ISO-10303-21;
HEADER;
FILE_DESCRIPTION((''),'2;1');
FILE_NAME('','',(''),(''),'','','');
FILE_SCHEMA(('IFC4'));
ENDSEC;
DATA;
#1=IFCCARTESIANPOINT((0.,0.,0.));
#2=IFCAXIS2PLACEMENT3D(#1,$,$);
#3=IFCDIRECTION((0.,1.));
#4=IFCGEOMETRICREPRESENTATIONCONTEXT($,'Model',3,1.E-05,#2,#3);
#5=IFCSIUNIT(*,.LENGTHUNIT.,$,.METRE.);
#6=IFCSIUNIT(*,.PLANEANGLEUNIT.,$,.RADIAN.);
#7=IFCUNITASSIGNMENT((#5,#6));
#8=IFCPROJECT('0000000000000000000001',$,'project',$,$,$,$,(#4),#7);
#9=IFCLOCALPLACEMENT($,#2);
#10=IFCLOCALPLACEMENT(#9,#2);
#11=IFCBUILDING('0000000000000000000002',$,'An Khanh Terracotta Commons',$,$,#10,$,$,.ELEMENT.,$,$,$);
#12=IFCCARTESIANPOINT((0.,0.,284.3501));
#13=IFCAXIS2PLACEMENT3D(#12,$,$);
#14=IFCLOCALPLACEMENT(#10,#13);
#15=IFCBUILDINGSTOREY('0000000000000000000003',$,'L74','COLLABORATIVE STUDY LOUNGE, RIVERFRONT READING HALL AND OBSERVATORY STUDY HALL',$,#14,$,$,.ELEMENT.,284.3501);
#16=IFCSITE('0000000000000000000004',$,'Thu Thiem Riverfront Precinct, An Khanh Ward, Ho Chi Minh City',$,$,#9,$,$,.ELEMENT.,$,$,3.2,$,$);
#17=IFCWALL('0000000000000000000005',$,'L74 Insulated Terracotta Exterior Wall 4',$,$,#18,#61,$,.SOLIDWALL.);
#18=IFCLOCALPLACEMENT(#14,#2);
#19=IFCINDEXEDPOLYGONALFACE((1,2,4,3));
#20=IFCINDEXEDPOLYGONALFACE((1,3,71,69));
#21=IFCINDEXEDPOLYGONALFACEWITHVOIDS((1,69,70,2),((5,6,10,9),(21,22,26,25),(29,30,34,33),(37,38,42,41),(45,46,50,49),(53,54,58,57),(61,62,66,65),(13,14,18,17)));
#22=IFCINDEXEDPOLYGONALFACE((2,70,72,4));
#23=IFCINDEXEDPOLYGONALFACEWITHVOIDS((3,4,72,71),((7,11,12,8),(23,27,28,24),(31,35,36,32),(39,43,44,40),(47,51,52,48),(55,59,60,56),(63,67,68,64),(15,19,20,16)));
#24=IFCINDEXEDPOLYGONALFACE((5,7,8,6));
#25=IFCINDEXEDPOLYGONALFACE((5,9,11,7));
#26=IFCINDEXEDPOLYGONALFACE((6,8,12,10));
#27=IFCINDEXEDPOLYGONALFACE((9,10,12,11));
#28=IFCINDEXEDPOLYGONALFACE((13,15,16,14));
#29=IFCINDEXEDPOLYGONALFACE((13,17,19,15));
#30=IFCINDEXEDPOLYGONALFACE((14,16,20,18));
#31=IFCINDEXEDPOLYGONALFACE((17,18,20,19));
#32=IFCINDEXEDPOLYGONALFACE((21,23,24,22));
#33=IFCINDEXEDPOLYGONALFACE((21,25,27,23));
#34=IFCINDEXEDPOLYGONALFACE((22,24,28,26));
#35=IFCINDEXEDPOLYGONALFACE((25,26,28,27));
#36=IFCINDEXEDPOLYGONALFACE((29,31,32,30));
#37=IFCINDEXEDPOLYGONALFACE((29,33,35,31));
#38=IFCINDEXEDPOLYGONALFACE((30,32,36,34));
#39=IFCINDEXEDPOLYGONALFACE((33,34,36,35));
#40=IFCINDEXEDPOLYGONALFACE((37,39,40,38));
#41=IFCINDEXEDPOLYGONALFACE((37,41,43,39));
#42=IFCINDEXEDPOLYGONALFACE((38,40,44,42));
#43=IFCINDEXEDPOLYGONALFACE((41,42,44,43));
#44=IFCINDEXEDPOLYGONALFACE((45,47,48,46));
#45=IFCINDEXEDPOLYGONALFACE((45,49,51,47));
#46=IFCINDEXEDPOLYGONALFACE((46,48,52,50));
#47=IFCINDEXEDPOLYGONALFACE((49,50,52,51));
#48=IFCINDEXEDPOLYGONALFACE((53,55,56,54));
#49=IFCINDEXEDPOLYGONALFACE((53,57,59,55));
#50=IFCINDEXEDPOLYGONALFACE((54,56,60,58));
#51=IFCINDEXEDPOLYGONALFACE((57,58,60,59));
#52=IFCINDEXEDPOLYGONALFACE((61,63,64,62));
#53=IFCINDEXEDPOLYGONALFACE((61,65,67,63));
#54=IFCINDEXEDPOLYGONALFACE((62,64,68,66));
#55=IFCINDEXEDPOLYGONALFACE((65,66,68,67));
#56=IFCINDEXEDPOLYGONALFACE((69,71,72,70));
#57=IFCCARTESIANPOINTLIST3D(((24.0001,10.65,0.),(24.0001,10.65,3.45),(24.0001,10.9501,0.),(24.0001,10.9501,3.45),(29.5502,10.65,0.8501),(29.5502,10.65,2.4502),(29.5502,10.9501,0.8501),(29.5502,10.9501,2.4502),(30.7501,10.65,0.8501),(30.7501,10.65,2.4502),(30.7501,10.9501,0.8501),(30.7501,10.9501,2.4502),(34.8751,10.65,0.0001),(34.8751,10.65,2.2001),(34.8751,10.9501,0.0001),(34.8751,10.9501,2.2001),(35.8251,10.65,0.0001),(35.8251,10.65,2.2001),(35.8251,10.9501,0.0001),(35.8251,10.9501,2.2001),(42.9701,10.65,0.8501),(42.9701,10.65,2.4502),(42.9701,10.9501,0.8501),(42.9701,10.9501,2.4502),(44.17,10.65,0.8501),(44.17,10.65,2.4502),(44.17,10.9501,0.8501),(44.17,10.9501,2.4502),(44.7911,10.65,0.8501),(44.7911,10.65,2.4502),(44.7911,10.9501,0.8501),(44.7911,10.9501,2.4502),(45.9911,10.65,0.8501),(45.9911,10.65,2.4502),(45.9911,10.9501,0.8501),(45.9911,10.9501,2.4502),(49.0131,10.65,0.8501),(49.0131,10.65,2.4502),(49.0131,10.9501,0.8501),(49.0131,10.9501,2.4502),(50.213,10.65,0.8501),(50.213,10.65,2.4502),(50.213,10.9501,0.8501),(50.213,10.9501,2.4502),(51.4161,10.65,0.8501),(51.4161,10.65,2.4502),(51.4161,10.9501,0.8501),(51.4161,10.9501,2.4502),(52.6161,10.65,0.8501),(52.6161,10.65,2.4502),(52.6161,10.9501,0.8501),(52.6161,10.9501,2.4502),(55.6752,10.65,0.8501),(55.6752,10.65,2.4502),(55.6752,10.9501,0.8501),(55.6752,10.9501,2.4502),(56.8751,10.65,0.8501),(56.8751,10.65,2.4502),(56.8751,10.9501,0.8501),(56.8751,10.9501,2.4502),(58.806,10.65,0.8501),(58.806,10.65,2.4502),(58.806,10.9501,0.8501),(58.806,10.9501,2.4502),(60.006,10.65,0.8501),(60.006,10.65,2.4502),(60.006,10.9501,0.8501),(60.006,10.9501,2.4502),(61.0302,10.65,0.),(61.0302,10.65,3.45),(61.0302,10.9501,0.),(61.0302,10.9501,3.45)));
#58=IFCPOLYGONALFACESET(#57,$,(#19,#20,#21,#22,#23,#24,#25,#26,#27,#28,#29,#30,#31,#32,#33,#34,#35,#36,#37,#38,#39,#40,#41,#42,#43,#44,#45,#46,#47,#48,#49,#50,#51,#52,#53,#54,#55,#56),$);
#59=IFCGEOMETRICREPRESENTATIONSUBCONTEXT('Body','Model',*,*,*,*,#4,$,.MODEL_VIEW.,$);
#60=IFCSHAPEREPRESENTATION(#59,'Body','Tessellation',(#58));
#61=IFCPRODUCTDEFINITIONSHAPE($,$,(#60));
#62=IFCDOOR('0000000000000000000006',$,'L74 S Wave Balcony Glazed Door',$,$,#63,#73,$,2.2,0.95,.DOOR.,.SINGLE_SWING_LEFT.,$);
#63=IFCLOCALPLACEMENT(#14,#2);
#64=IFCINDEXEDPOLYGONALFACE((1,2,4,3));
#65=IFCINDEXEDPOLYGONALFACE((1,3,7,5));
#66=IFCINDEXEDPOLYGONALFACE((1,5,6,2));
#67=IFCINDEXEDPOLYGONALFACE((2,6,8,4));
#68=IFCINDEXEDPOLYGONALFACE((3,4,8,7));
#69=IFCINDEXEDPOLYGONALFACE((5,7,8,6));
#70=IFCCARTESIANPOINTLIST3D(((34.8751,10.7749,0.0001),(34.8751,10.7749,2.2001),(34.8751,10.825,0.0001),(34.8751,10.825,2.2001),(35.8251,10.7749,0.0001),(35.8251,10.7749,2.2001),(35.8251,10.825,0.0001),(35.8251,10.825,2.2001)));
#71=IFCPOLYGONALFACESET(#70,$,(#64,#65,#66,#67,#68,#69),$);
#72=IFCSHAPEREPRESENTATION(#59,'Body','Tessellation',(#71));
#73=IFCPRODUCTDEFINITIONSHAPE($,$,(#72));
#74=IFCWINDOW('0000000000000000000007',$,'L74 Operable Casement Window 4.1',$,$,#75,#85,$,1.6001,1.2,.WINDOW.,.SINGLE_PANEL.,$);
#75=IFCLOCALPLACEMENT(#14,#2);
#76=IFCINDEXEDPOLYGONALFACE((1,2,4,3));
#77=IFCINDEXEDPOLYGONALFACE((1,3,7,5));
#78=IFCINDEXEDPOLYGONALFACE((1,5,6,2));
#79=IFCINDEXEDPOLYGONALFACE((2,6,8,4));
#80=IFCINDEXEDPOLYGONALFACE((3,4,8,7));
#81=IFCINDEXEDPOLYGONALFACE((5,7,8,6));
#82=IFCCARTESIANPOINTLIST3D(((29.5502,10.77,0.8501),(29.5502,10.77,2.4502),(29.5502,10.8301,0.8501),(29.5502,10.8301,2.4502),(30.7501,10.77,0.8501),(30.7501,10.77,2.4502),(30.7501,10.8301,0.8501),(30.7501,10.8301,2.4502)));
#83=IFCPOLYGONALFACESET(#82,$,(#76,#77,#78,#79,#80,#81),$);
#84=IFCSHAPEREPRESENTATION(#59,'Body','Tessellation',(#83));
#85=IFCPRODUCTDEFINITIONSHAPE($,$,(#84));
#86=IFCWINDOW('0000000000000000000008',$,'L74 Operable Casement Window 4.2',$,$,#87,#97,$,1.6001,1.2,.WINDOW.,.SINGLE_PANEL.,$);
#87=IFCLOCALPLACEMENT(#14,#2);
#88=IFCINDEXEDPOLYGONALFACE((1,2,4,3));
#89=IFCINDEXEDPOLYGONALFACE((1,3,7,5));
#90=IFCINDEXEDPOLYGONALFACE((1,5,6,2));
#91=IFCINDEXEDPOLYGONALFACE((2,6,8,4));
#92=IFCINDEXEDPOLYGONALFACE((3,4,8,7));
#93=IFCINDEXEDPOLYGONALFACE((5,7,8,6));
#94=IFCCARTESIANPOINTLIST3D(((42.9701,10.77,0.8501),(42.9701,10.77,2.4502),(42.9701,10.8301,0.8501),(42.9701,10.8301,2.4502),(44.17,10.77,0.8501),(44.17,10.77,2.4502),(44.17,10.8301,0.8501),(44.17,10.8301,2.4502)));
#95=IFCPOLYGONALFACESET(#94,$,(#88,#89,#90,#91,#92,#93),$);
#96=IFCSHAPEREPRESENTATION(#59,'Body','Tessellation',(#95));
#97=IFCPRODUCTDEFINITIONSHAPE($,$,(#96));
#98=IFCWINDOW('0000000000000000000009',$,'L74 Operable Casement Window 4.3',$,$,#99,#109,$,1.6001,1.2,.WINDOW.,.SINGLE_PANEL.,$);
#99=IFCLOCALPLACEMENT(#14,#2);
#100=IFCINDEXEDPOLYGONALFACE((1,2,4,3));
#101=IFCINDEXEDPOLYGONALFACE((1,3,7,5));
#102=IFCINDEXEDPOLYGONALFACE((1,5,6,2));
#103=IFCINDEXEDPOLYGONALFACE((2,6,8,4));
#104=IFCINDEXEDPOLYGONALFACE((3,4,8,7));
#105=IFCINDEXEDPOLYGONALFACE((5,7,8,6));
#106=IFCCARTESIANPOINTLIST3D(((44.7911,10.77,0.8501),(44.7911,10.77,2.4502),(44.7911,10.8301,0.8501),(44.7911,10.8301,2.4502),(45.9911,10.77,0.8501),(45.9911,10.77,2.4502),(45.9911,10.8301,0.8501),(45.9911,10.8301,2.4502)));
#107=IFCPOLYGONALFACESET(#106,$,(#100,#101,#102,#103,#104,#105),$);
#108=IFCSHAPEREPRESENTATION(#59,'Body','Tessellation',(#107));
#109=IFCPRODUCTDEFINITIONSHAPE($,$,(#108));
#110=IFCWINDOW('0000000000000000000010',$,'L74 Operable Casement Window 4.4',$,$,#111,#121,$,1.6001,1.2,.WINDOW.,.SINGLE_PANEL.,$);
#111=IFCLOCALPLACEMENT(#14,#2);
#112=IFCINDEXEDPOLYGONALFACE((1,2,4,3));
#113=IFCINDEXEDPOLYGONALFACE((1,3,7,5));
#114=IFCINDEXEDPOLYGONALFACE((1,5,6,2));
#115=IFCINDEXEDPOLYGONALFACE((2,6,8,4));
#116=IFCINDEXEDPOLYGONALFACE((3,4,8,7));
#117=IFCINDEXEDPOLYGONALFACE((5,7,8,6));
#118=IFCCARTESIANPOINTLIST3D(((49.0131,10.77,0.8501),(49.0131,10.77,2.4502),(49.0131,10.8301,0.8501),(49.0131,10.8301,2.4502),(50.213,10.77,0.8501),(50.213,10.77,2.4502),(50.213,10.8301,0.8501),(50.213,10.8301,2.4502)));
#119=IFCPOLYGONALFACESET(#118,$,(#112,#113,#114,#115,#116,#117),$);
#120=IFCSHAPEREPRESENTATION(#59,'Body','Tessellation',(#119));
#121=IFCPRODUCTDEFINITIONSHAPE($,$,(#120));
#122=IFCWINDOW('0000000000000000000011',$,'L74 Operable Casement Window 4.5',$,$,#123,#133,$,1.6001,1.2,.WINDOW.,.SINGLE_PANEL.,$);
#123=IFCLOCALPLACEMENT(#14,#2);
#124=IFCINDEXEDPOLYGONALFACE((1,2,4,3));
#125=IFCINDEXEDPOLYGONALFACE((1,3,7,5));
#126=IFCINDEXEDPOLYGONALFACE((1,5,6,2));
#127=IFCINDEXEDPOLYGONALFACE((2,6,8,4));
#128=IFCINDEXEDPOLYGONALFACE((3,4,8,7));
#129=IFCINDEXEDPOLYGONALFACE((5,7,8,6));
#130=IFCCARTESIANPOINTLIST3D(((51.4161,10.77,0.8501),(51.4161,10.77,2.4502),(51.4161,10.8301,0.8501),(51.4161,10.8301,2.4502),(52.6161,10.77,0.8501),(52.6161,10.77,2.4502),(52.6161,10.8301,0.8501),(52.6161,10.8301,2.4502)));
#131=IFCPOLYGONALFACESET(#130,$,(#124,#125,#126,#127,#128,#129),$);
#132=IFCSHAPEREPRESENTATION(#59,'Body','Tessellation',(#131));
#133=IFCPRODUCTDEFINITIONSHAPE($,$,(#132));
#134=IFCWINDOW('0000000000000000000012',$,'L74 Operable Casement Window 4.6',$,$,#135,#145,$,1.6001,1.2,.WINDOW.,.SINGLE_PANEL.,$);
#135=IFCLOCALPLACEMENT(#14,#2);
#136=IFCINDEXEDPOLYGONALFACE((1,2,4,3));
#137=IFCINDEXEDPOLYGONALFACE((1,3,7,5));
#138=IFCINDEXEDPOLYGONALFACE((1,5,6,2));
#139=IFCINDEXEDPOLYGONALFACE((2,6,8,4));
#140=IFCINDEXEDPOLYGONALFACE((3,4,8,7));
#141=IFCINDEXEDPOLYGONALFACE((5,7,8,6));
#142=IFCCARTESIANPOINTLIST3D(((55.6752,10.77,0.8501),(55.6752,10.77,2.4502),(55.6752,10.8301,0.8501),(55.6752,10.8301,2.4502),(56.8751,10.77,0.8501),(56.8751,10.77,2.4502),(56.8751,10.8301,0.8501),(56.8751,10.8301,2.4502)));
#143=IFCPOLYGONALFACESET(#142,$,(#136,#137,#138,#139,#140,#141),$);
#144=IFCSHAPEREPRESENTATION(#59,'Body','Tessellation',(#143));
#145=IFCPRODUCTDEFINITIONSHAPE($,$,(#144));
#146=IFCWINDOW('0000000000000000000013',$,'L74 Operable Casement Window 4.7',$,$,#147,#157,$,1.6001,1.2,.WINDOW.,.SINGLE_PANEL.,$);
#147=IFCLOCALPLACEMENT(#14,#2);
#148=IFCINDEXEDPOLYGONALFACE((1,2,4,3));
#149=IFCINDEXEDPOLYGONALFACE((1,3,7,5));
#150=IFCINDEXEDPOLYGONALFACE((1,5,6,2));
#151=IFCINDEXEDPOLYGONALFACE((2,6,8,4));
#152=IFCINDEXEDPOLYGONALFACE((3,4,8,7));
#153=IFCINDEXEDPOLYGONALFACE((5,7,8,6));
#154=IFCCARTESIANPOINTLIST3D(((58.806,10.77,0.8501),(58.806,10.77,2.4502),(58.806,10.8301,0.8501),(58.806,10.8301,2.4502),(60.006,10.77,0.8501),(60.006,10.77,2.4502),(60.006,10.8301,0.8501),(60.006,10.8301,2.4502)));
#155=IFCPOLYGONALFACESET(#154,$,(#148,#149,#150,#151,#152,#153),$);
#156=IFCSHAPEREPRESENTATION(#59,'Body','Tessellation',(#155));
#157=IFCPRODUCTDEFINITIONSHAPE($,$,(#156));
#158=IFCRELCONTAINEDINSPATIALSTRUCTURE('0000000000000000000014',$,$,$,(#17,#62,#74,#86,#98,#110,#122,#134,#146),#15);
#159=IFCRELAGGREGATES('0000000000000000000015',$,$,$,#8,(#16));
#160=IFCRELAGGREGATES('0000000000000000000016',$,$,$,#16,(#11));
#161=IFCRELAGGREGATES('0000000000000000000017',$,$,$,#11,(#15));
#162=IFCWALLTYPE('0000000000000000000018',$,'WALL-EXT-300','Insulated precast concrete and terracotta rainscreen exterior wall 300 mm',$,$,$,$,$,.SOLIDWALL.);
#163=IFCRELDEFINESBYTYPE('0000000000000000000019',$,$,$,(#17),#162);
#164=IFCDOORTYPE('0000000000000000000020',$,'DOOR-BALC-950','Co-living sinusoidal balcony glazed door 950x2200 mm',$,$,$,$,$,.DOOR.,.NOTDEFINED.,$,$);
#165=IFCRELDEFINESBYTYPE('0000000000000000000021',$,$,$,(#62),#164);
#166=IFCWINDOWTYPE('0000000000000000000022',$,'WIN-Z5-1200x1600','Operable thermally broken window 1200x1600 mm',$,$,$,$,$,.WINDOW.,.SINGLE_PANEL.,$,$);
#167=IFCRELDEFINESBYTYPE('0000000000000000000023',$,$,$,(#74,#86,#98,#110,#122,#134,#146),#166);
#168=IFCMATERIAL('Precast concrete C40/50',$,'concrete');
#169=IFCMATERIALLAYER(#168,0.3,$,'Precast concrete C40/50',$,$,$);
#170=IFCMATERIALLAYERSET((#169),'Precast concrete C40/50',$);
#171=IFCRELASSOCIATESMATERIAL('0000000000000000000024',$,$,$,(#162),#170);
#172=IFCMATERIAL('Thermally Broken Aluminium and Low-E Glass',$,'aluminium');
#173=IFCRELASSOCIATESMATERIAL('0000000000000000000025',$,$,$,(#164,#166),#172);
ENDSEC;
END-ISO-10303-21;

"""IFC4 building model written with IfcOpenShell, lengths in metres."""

from ifc_helpers import new_model, si_unit, direction, frame, frame_2d, origin, place, context, subcontext, project, spatial, rectangle, extrude, material, layer, layer_set, type_object, element, fill, save


model = new_model("IFC4")

# Units and contexts
model_context = context("Model", 3, precision=1e-05, world=origin(), true_north=direction((0.0, 1.0)))
body_context = subcontext(model_context, "Body", "Model", "MODEL_VIEW")
ifc_project = project(units=[si_unit("LENGTHUNIT", "METRE"), si_unit("PLANEANGLEUNIT", "RADIAN")], contexts=[model_context])

# Site, building, storey
site_placement = place(None, origin())
site = spatial("IfcSite", under=ifc_project, at=site_placement, Name="Thu Thiem Riverfront Precinct, An Khanh Ward, Ho Chi Minh City", CompositionType="ELEMENT", RefElevation=3.2)
building_placement = place(site_placement, origin())
building = spatial("IfcBuilding", under=site, at=building_placement, Name="An Khanh Terracotta Commons", CompositionType="ELEMENT")
storey_placement = place(building_placement, frame((0.0, 0.0, 284.3501)))
storey = spatial("IfcBuildingStorey", under=building, at=storey_placement, Name="L74", Description="COLLABORATIVE STUDY LOUNGE, RIVERFRONT READING HALL AND OBSERVATORY STUDY HALL", CompositionType="ELEMENT", Elevation=284.3501)

# Shared definitions
ifc_material_1 = material(Name="Precast concrete C40/50", Category="concrete")
ifc_layer_1 = layer(ifc_material_1, 0.3, Name="Precast concrete C40/50")
ifc_layer_set_1 = layer_set([ifc_layer_1], Name="Precast concrete C40/50")
wall_type_1 = type_object("IfcWallType", Name="WALL-EXT-300", Description="Insulated precast concrete and terracotta rainscreen exterior wall 300 mm", PredefinedType="SOLIDWALL", material=ifc_layer_set_1)

# Wall, openings, door, windows
wall_1_placement = place(storey_placement, frame((24.0, 10.8, 0.0), z_axis=(0.0, 0.0, 1.0), x_axis=(1.0, 0.0, 0.0)))
wall_1 = element("IfcWall", 1, at=wall_1_placement, inside=storey, type_object=wall_type_1, Name="L74 Insulated Terracotta Exterior Wall 4", PredefinedType="SOLIDWALL", context=body_context, shape_type="SweptSolid", body=[
    extrude(rectangle(XDim=37.03, YDim=0.3, at=frame_2d((18.5151, 0.0))), origin(), (0.0, 0.0, 1.0), 3.45),
])
opening_1_placement = place(wall_1_placement, frame((10.875, 0.0, 0.0)))
opening_1 = element("IfcOpeningElement", 2, at=opening_1_placement, cuts=wall_1, PredefinedType="OPENING", context=body_context, shape_type="SweptSolid", body=[
    extrude(rectangle(XDim=0.95, YDim=2.2, at=frame_2d((0.4751, 1.1001))), frame((0.0, 0.1599, 0.0), z_axis=(0.0, -1.0, 0.0), x_axis=(1.0, 0.0, 0.0)), (0.0, 0.0, 1.0), 0.3201),
])
opening_2_placement = place(wall_1_placement, frame((5.55, 0.0, 0.8501)))
opening_2 = element("IfcOpeningElement", 3, at=opening_2_placement, cuts=wall_1, PredefinedType="OPENING", context=body_context, shape_type="SweptSolid", body=[
    extrude(rectangle(XDim=1.2, YDim=1.6001, at=frame_2d((0.6001, 0.8))), frame((0.0, 0.1599, 0.0), z_axis=(0.0, -1.0, 0.0), x_axis=(1.0, 0.0, 0.0)), (0.0, 0.0, 1.0), 0.3201),
])
opening_3_placement = place(wall_1_placement, frame((18.97, 0.0, 0.8501)))
opening_3 = element("IfcOpeningElement", 4, at=opening_3_placement, cuts=wall_1, PredefinedType="OPENING", context=body_context, shape_type="SweptSolid", body=[
    extrude(rectangle(XDim=1.2, YDim=1.6001, at=frame_2d((0.6001, 0.8))), frame((0.0, 0.1599, 0.0), z_axis=(0.0, -1.0, 0.0), x_axis=(1.0, 0.0, 0.0)), (0.0, 0.0, 1.0), 0.3201),
])
opening_4_placement = place(wall_1_placement, frame((20.791, 0.0, 0.8501)))
opening_4 = element("IfcOpeningElement", 5, at=opening_4_placement, cuts=wall_1, PredefinedType="OPENING", context=body_context, shape_type="SweptSolid", body=[
    extrude(rectangle(XDim=1.2, YDim=1.6001, at=frame_2d((0.6001, 0.8))), frame((0.0, 0.1599, 0.0), z_axis=(0.0, -1.0, 0.0), x_axis=(1.0, 0.0, 0.0)), (0.0, 0.0, 1.0), 0.3201),
])
opening_5_placement = place(wall_1_placement, frame((25.0129, 0.0, 0.8501)))
opening_5 = element("IfcOpeningElement", 6, at=opening_5_placement, cuts=wall_1, PredefinedType="OPENING", context=body_context, shape_type="SweptSolid", body=[
    extrude(rectangle(XDim=1.2, YDim=1.6001, at=frame_2d((0.6001, 0.8))), frame((0.0, 0.1599, 0.0), z_axis=(0.0, -1.0, 0.0), x_axis=(1.0, 0.0, 0.0)), (0.0, 0.0, 1.0), 0.3201),
])
opening_6_placement = place(wall_1_placement, frame((27.416, 0.0, 0.8501)))
opening_6 = element("IfcOpeningElement", 7, at=opening_6_placement, cuts=wall_1, PredefinedType="OPENING", context=body_context, shape_type="SweptSolid", body=[
    extrude(rectangle(XDim=1.2, YDim=1.6001, at=frame_2d((0.6001, 0.8))), frame((0.0, 0.1599, 0.0), z_axis=(0.0, -1.0, 0.0), x_axis=(1.0, 0.0, 0.0)), (0.0, 0.0, 1.0), 0.3201),
])
opening_7_placement = place(wall_1_placement, frame((31.675, 0.0, 0.8501)))
opening_7 = element("IfcOpeningElement", 8, at=opening_7_placement, cuts=wall_1, PredefinedType="OPENING", context=body_context, shape_type="SweptSolid", body=[
    extrude(rectangle(XDim=1.2, YDim=1.6001, at=frame_2d((0.6001, 0.8))), frame((0.0, 0.1599, 0.0), z_axis=(0.0, -1.0, 0.0), x_axis=(1.0, 0.0, 0.0)), (0.0, 0.0, 1.0), 0.3201),
])
opening_8_placement = place(wall_1_placement, frame((34.8059, 0.0, 0.8501)))
opening_8 = element("IfcOpeningElement", 9, at=opening_8_placement, cuts=wall_1, PredefinedType="OPENING", context=body_context, shape_type="SweptSolid", body=[
    extrude(rectangle(XDim=1.2, YDim=1.6001, at=frame_2d((0.6001, 0.8))), frame((0.0, 0.1599, 0.0), z_axis=(0.0, -1.0, 0.0), x_axis=(1.0, 0.0, 0.0)), (0.0, 0.0, 1.0), 0.3201),
])
ifc_material_2 = material(Name="Thermally Broken Aluminium and Low-E Glass", Category="aluminium")
door_type = type_object("IfcDoorType", Name="DOOR-BALC-950", Description="Co-living sinusoidal balcony glazed door 950x2200 mm", OperationType="NOTDEFINED", PredefinedType="DOOR", material=ifc_material_2)
door_placement = place(opening_1_placement, origin())
door = element("IfcDoor", 10, at=door_placement, inside=storey, type_object=door_type, Name="L74 S Wave Balcony Glazed Door", OperationType="SINGLE_SWING_LEFT", OverallHeight=2.2, OverallWidth=0.95, PredefinedType="DOOR", context=body_context, shape_type="SweptSolid", body=[
    extrude(rectangle(XDim=0.95, YDim=2.2, at=frame_2d((0.4751, 1.1001))), frame((0.0, 0.0249, 0.0), z_axis=(0.0, -1.0, 0.0), x_axis=(1.0, 0.0, 0.0)), (0.0, 0.0, 1.0), 0.05),
])
fill(opening_1, door)
window_type = type_object("IfcWindowType", Name="WIN-Z5-1200x1600", Description="Operable thermally broken window 1200x1600 mm", PartitioningType="SINGLE_PANEL", PredefinedType="WINDOW", material=ifc_material_2)
window_1_placement = place(opening_2_placement, origin())
window_1 = element("IfcWindow", 11, at=window_1_placement, inside=storey, type_object=window_type, Name="L74 Operable Casement Window 4.1", OverallHeight=1.6001, OverallWidth=1.2, PartitioningType="SINGLE_PANEL", PredefinedType="WINDOW", context=body_context, shape_type="SweptSolid", body=[
    extrude(rectangle(XDim=1.2, YDim=1.6001, at=frame_2d((0.6001, 0.8))), frame((0.0, 0.03, 0.0), z_axis=(0.0, -1.0, 0.0), x_axis=(1.0, 0.0, 0.0)), (0.0, 0.0, 1.0), 0.0601),
])
fill(opening_2, window_1)
window_2_placement = place(opening_3_placement, origin())
window_2 = element("IfcWindow", 12, at=window_2_placement, inside=storey, type_object=window_type, Name="L74 Operable Casement Window 4.2", OverallHeight=1.6001, OverallWidth=1.2, PartitioningType="SINGLE_PANEL", PredefinedType="WINDOW", context=body_context, shape_type="SweptSolid", body=[
    extrude(rectangle(XDim=1.2, YDim=1.6001, at=frame_2d((0.6001, 0.8))), frame((0.0, 0.03, 0.0), z_axis=(0.0, -1.0, 0.0), x_axis=(1.0, 0.0, 0.0)), (0.0, 0.0, 1.0), 0.0601),
])
fill(opening_3, window_2)
window_3_placement = place(opening_4_placement, origin())
window_3 = element("IfcWindow", 13, at=window_3_placement, inside=storey, type_object=window_type, Name="L74 Operable Casement Window 4.3", OverallHeight=1.6001, OverallWidth=1.2, PartitioningType="SINGLE_PANEL", PredefinedType="WINDOW", context=body_context, shape_type="SweptSolid", body=[
    extrude(rectangle(XDim=1.2, YDim=1.6001, at=frame_2d((0.6001, 0.8))), frame((0.0, 0.03, 0.0), z_axis=(0.0, -1.0, 0.0), x_axis=(1.0, 0.0, 0.0)), (0.0, 0.0, 1.0), 0.0601),
])
fill(opening_4, window_3)
window_4_placement = place(opening_5_placement, origin())
window_4 = element("IfcWindow", 14, at=window_4_placement, inside=storey, type_object=window_type, Name="L74 Operable Casement Window 4.4", OverallHeight=1.6001, OverallWidth=1.2, PartitioningType="SINGLE_PANEL", PredefinedType="WINDOW", context=body_context, shape_type="SweptSolid", body=[
    extrude(rectangle(XDim=1.2, YDim=1.6001, at=frame_2d((0.6001, 0.8))), frame((0.0, 0.03, 0.0), z_axis=(0.0, -1.0, 0.0), x_axis=(1.0, 0.0, 0.0)), (0.0, 0.0, 1.0), 0.0601),
])
fill(opening_5, window_4)
window_5_placement = place(opening_6_placement, origin())
window_5 = element("IfcWindow", 15, at=window_5_placement, inside=storey, type_object=window_type, Name="L74 Operable Casement Window 4.5", OverallHeight=1.6001, OverallWidth=1.2, PartitioningType="SINGLE_PANEL", PredefinedType="WINDOW", context=body_context, shape_type="SweptSolid", body=[
    extrude(rectangle(XDim=1.2, YDim=1.6001, at=frame_2d((0.6001, 0.8))), frame((0.0, 0.03, 0.0), z_axis=(0.0, -1.0, 0.0), x_axis=(1.0, 0.0, 0.0)), (0.0, 0.0, 1.0), 0.0601),
])
fill(opening_6, window_5)
window_6_placement = place(opening_7_placement, origin())
window_6 = element("IfcWindow", 16, at=window_6_placement, inside=storey, type_object=window_type, Name="L74 Operable Casement Window 4.6", OverallHeight=1.6001, OverallWidth=1.2, PartitioningType="SINGLE_PANEL", PredefinedType="WINDOW", context=body_context, shape_type="SweptSolid", body=[
    extrude(rectangle(XDim=1.2, YDim=1.6001, at=frame_2d((0.6001, 0.8))), frame((0.0, 0.03, 0.0), z_axis=(0.0, -1.0, 0.0), x_axis=(1.0, 0.0, 0.0)), (0.0, 0.0, 1.0), 0.0601),
])
fill(opening_7, window_6)
window_7_placement = place(opening_8_placement, origin())
window_7 = element("IfcWindow", 17, at=window_7_placement, inside=storey, type_object=window_type, Name="L74 Operable Casement Window 4.7", OverallHeight=1.6001, OverallWidth=1.2, PartitioningType="SINGLE_PANEL", PredefinedType="WINDOW", context=body_context, shape_type="SweptSolid", body=[
    extrude(rectangle(XDim=1.2, YDim=1.6001, at=frame_2d((0.6001, 0.8))), frame((0.0, 0.03, 0.0), z_axis=(0.0, -1.0, 0.0), x_axis=(1.0, 0.0, 0.0)), (0.0, 0.0, 1.0), 0.0601),
])
fill(opening_8, window_7)

save(model, "model.ifc")
